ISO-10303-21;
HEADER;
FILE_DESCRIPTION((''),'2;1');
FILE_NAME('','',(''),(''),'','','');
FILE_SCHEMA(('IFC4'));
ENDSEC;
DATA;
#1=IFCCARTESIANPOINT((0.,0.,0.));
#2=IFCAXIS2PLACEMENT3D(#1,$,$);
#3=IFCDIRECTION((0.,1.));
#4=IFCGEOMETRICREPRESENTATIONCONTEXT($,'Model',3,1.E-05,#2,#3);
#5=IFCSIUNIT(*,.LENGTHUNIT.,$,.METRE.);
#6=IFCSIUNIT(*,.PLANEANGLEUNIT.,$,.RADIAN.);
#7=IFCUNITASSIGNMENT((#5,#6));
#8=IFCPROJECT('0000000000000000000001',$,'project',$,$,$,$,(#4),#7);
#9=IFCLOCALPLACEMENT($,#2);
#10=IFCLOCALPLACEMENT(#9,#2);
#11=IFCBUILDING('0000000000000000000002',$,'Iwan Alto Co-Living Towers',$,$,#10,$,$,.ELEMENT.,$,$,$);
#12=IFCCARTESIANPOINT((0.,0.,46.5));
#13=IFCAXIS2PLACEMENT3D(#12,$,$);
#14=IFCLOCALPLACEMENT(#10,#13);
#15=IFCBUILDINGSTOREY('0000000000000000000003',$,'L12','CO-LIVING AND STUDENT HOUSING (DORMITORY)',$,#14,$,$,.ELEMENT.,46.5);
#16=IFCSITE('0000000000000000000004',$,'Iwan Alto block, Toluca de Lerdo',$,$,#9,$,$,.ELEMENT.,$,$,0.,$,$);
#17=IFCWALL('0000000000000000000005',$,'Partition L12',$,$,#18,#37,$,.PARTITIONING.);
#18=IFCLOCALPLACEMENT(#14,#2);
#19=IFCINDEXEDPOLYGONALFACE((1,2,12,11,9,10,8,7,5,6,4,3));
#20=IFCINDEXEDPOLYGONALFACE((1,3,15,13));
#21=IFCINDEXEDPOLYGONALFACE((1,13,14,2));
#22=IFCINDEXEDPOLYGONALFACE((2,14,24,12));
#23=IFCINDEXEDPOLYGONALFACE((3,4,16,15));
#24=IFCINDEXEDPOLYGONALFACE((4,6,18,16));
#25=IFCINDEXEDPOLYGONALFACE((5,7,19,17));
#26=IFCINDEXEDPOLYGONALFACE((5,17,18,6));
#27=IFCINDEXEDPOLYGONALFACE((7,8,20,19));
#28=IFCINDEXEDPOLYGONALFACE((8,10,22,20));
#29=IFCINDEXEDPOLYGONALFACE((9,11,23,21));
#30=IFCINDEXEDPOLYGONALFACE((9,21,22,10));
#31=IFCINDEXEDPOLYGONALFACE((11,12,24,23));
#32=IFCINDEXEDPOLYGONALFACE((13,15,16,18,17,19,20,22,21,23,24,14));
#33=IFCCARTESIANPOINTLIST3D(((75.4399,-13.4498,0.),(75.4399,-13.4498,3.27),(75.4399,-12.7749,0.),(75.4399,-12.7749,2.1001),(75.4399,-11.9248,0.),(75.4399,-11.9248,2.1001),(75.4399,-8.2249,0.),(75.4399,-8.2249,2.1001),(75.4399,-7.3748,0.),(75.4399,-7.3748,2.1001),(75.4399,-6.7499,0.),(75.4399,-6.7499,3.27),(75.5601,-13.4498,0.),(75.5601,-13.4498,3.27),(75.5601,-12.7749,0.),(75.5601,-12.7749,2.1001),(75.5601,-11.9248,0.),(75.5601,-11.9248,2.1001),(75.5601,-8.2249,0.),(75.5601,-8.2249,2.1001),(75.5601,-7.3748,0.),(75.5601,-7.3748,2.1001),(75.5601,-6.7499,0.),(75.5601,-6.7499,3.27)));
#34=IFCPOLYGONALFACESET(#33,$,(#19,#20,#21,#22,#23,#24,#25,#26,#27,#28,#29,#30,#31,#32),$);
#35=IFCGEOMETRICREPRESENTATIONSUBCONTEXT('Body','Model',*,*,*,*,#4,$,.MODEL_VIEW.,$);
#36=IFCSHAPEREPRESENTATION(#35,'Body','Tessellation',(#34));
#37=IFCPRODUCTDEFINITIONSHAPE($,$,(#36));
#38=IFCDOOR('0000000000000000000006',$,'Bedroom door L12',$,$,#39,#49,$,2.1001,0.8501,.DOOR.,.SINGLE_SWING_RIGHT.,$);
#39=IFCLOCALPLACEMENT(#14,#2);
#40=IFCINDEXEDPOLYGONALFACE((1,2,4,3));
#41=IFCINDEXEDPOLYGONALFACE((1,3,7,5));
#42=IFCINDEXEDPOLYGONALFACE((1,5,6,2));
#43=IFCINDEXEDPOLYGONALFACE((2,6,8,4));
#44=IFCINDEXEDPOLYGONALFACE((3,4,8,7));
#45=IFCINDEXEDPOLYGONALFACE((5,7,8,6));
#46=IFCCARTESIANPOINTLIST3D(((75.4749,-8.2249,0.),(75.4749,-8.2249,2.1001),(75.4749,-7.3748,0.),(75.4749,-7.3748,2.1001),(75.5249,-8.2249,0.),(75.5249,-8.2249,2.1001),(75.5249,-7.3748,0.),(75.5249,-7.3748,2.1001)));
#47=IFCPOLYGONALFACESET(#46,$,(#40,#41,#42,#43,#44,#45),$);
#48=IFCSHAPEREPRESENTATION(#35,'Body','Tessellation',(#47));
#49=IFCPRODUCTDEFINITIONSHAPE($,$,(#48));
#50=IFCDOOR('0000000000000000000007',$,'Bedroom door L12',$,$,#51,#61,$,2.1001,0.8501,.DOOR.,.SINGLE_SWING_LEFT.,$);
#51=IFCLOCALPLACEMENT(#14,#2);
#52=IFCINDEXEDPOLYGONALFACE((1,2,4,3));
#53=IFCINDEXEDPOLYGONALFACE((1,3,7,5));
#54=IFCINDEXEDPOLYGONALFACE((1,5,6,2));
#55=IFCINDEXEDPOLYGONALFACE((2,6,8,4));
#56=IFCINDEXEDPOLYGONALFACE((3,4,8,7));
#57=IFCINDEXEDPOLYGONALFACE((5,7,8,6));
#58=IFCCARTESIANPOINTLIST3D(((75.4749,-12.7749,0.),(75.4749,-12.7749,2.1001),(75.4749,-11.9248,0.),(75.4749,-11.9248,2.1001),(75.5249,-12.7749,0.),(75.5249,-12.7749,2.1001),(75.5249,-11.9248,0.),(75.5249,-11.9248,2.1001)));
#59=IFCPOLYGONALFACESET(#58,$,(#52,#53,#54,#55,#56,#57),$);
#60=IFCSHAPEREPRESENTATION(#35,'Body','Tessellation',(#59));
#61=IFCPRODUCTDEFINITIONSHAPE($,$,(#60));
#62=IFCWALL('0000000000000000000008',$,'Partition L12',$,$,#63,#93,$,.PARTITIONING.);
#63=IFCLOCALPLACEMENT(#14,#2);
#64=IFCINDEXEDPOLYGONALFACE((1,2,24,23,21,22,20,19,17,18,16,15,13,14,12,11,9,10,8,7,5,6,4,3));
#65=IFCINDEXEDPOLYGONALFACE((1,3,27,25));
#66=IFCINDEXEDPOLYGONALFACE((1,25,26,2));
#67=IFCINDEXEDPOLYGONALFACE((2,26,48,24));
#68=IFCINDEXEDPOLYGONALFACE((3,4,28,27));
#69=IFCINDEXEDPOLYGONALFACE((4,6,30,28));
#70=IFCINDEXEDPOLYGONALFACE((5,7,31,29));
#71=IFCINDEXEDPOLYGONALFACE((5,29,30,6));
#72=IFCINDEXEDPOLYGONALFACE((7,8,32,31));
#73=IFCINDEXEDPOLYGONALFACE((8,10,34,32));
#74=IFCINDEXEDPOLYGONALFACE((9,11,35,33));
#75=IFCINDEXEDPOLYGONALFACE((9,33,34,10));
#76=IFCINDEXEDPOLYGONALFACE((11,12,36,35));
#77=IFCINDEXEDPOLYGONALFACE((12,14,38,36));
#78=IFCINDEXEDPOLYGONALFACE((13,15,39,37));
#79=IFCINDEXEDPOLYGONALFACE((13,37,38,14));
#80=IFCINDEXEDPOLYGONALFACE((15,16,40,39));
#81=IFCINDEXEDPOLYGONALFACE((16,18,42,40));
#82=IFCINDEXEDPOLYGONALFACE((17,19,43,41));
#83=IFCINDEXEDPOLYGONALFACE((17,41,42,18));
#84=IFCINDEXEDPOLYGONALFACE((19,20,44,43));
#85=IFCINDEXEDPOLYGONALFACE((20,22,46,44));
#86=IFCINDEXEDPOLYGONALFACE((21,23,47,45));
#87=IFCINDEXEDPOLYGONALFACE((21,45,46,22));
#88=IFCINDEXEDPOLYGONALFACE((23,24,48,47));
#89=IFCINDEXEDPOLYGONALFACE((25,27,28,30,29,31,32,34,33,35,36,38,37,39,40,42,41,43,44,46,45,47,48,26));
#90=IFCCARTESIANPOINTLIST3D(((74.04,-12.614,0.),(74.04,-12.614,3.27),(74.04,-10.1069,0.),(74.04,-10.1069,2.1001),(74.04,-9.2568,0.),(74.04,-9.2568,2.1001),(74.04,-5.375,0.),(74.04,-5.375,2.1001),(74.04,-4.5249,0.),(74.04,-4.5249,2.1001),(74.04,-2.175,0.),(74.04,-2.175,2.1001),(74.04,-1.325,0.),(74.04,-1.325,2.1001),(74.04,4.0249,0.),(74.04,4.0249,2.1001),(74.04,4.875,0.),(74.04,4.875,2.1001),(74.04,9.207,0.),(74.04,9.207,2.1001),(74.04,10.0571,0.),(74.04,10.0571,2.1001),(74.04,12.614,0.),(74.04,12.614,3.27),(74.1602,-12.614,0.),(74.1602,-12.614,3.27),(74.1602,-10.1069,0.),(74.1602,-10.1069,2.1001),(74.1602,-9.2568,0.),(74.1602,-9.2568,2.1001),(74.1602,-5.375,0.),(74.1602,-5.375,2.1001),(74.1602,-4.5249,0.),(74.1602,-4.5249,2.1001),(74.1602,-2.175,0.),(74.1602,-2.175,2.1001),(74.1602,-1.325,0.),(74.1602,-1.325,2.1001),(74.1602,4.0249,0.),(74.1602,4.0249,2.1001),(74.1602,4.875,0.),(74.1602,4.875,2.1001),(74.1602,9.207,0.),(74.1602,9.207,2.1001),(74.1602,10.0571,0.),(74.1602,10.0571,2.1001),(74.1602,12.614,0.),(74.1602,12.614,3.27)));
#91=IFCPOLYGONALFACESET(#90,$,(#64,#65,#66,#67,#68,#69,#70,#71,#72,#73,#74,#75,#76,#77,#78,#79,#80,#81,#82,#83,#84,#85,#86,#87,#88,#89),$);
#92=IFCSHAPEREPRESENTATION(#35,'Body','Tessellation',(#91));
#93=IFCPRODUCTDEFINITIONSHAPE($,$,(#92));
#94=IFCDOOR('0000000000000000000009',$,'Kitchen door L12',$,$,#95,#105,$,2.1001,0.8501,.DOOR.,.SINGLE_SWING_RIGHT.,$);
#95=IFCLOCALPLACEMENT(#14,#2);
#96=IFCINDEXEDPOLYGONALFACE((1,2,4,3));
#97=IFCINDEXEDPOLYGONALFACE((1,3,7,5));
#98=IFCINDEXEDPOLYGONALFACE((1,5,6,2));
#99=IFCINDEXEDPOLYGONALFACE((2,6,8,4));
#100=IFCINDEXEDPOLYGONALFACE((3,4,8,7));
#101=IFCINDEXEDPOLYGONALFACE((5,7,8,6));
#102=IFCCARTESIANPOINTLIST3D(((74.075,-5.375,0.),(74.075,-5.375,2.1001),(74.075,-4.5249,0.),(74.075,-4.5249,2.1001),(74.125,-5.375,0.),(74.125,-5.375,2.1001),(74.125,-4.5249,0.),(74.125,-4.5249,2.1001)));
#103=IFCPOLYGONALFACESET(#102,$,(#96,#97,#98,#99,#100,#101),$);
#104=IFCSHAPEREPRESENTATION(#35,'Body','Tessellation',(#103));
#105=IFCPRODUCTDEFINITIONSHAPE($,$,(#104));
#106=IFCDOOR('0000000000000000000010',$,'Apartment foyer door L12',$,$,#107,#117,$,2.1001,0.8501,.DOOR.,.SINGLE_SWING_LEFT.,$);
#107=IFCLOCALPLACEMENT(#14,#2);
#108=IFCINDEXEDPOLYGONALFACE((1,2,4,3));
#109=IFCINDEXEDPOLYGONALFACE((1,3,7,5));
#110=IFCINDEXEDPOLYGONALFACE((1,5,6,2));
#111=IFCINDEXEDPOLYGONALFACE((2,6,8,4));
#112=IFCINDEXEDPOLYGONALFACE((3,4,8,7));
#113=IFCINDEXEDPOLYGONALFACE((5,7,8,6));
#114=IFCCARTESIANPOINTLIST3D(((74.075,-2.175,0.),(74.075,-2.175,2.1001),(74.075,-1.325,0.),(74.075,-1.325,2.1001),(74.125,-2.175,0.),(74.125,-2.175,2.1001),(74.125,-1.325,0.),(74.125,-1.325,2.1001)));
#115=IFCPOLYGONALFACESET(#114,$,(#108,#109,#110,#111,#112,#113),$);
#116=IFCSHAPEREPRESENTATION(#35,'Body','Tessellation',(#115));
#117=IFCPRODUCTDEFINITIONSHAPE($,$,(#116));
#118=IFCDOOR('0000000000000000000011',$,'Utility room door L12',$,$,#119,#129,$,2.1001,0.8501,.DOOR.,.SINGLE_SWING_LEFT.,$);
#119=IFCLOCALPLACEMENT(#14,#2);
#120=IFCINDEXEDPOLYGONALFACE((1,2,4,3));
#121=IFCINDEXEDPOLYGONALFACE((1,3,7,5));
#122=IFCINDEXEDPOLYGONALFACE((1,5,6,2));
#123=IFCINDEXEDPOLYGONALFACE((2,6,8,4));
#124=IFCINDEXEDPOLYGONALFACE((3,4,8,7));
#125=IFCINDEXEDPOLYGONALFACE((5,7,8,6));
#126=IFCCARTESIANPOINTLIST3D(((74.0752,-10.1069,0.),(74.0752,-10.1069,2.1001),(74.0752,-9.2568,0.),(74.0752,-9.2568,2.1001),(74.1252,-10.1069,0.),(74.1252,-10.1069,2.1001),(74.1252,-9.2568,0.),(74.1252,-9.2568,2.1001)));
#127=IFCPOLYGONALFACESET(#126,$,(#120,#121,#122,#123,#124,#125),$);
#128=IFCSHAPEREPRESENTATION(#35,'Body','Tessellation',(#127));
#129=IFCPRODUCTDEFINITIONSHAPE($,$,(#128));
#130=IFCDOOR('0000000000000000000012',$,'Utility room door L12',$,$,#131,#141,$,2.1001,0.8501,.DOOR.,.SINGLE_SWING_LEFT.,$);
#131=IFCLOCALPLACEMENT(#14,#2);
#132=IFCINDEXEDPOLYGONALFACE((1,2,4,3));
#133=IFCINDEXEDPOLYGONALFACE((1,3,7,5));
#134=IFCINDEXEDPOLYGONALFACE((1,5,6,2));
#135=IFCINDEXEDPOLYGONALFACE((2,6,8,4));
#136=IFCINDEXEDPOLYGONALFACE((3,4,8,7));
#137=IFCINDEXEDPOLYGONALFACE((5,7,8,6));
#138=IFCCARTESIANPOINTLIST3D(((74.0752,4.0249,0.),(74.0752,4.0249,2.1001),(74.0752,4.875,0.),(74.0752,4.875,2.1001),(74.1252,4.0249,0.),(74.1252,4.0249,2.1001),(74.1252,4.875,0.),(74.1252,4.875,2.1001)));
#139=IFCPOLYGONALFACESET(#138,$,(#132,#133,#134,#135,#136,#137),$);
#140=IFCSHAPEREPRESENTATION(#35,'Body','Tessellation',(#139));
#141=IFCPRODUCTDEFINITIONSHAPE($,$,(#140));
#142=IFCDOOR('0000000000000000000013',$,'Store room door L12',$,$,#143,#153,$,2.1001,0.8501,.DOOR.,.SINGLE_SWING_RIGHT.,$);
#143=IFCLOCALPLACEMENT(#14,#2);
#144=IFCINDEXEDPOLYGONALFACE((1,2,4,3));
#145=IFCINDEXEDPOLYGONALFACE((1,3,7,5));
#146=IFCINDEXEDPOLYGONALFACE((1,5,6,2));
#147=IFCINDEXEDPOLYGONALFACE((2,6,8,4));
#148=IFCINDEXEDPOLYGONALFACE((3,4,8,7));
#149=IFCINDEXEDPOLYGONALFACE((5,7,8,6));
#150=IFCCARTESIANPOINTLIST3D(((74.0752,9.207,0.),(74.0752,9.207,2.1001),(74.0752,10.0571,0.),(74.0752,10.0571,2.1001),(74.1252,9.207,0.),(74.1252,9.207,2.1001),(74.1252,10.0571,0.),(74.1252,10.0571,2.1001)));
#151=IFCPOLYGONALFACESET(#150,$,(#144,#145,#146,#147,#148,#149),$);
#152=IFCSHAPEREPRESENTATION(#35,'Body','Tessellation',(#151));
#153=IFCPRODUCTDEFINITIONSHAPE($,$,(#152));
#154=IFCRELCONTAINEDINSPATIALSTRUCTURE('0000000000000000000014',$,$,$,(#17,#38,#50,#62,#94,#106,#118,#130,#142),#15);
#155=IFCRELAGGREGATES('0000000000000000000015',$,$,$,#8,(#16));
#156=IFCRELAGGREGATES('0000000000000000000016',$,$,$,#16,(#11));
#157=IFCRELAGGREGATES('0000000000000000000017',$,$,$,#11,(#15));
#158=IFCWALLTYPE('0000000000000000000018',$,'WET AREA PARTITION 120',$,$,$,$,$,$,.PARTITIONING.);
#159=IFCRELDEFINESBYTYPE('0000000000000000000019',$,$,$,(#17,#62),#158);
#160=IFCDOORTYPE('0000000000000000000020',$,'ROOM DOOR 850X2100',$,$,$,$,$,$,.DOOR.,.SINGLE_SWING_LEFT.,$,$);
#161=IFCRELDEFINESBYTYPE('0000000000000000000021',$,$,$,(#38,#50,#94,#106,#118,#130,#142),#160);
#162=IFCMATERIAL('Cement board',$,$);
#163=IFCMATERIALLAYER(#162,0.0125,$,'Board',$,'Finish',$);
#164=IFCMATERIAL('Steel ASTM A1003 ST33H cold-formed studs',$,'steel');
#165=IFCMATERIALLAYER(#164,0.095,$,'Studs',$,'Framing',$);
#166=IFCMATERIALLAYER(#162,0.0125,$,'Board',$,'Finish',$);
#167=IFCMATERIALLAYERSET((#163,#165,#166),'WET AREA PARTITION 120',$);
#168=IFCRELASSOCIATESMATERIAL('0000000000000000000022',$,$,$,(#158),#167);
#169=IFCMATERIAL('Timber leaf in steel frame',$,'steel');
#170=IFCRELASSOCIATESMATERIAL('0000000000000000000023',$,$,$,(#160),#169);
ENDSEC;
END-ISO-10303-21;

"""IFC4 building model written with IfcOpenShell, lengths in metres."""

from ifc_helpers import new_model, si_unit, direction, frame, frame_2d, origin, place, context, subcontext, project, spatial, rectangle, extrude, material, layer, layer_set, type_object, element, fill, save


model = new_model("IFC4")

# Units and contexts
model_context = context("Model", 3, precision=1e-05, world=origin(), true_north=direction((0.0, 1.0)))
body_context = subcontext(model_context, "Body", "Model", "MODEL_VIEW")
ifc_project = project(units=[si_unit("LENGTHUNIT", "METRE"), si_unit("PLANEANGLEUNIT", "RADIAN")], contexts=[model_context])

# Site, building, storey
site_placement = place(None, origin())
site = spatial("IfcSite", under=ifc_project, at=site_placement, Name="Iwan Alto block, Toluca de Lerdo", CompositionType="ELEMENT", RefElevation=0.0)
building_placement = place(site_placement, origin())
building = spatial("IfcBuilding", under=site, at=building_placement, Name="Iwan Alto Co-Living Towers", CompositionType="ELEMENT")
storey_placement = place(building_placement, frame((0.0, 0.0, 46.5)))
storey = spatial("IfcBuildingStorey", under=building, at=storey_placement, Name="L12", Description="CO-LIVING AND STUDENT HOUSING (DORMITORY)", CompositionType="ELEMENT", Elevation=46.5)

# Shared definitions
ifc_material_1 = material(Name="Steel ASTM A1003 ST33H cold-formed studs", Category="steel")
ifc_material_2 = material(Name="Cement board")
ifc_layer_1 = layer(ifc_material_2, 0.0125, Name="Board", Category="Finish")
ifc_layer_2 = layer(ifc_material_1, 0.095, Name="Studs", Category="Framing")
ifc_layer_3 = layer(ifc_material_2, 0.0125, Name="Board", Category="Finish")
ifc_layer_set_1 = layer_set([ifc_layer_1, ifc_layer_2, ifc_layer_3], Name="WET AREA PARTITION 120")
wall_type_1 = type_object("IfcWallType", Name="WET AREA PARTITION 120", PredefinedType="PARTITIONING", material=ifc_layer_set_1)

# Shared definitions
ifc_material_3 = material(Name="Timber leaf in steel frame", Category="steel")
door_type = type_object("IfcDoorType", Name="ROOM DOOR 850X2100", OperationType="SINGLE_SWING_LEFT", PredefinedType="DOOR", material=ifc_material_3)

# Walls, openings, doors
wall_1_placement = place(storey_placement, frame((75.5, -13.45, 0.0), z_axis=(0.0, 0.0, 1.0), x_axis=(0.0, 1.0, 0.0)))
wall_1 = element("IfcWall", 1, at=wall_1_placement, inside=storey, type_object=wall_type_1, Name="Partition L12", PredefinedType="PARTITIONING", context=body_context, shape_type="SweptSolid", body=[
    extrude(rectangle(XDim=6.7, YDim=0.1201, at=frame_2d((3.3501, 0.0))), origin(), (0.0, 0.0, 1.0), 3.27),
])
opening_1_placement = place(wall_1_placement, frame((5.2251, 0.0, 0.0)))
opening_1 = element("IfcOpeningElement", 2, at=opening_1_placement, cuts=wall_1, PredefinedType="OPENING", context=body_context, shape_type="SweptSolid", body=[
    extrude(rectangle(XDim=0.8501, YDim=2.1001, at=frame_2d((0.425, 1.05))), frame((0.0, 0.0701, 0.0), z_axis=(0.0, -1.0, 0.0), x_axis=(1.0, 0.0, 0.0)), (0.0, 0.0, 1.0), 0.1401),
])
opening_2_placement = place(wall_1_placement, frame((0.675, 0.0, 0.0)))
opening_2 = element("IfcOpeningElement", 3, at=opening_2_placement, cuts=wall_1, PredefinedType="OPENING", context=body_context, shape_type="SweptSolid", body=[
    extrude(rectangle(XDim=0.8501, YDim=2.1001, at=frame_2d((0.425, 1.05))), frame((0.0, 0.0701, 0.0), z_axis=(0.0, -1.0, 0.0), x_axis=(1.0, 0.0, 0.0)), (0.0, 0.0, 1.0), 0.1401),
])
door_1_placement = place(opening_1_placement, frame((0.8501, 0.0, 0.0), z_axis=(0.0, 0.0, 1.0), x_axis=(-1.0, 0.0, 0.0)))
door_1 = element("IfcDoor", 4, at=door_1_placement, inside=storey, type_object=door_type, Name="Bedroom door L12", OperationType="SINGLE_SWING_RIGHT", OverallHeight=2.1001, OverallWidth=0.8501, PredefinedType="DOOR", context=body_context, shape_type="SweptSolid", body=[
    extrude(rectangle(XDim=0.8501, YDim=2.1001, at=frame_2d((0.425, 1.05))), frame((0.0, 0.0249, 0.0), z_axis=(0.0, -1.0, 0.0), x_axis=(1.0, 0.0, 0.0)), (0.0, 0.0, 1.0), 0.05),
])
fill(opening_1, door_1)
door_2_placement = place(opening_2_placement, frame((0.8501, 0.0, 0.0), z_axis=(0.0, 0.0, 1.0), x_axis=(-1.0, 0.0, 0.0)))
door_2 = element("IfcDoor", 5, at=door_2_placement, inside=storey, type_object=door_type, Name="Bedroom door L12", OperationType="SINGLE_SWING_LEFT", OverallHeight=2.1001, OverallWidth=0.8501, PredefinedType="DOOR", context=body_context, shape_type="SweptSolid", body=[
    extrude(rectangle(XDim=0.8501, YDim=2.1001, at=frame_2d((0.425, 1.05))), frame((0.0, 0.0249, 0.0), z_axis=(0.0, -1.0, 0.0), x_axis=(1.0, 0.0, 0.0)), (0.0, 0.0, 1.0), 0.05),
])
fill(opening_2, door_2)
wall_2_placement = place(storey_placement, frame((74.1001, -12.614, 0.0), z_axis=(0.0, 0.0, 1.0), x_axis=(0.0, 1.0, 0.0)))
wall_2 = element("IfcWall", 6, at=wall_2_placement, inside=storey, type_object=wall_type_1, Name="Partition L12", PredefinedType="PARTITIONING", context=body_context, shape_type="SweptSolid", body=[
    extrude(rectangle(XDim=25.228, YDim=0.1201, at=frame_2d((12.614, 0.0))), origin(), (0.0, 0.0, 1.0), 3.27),
])
opening_3_placement = place(wall_2_placement, frame((7.239, 0.0, 0.0)))
opening_3 = element("IfcOpeningElement", 7, at=opening_3_placement, cuts=wall_2, PredefinedType="OPENING", context=body_context, shape_type="SweptSolid", body=[
    extrude(rectangle(XDim=0.8501, YDim=2.1001, at=frame_2d((0.425, 1.05))), frame((0.0, 0.0701, 0.0), z_axis=(0.0, -1.0, 0.0), x_axis=(1.0, 0.0, 0.0)), (0.0, 0.0, 1.0), 0.1401),
])
opening_4_placement = place(wall_2_placement, frame((10.439, 0.0, 0.0)))
opening_4 = element("IfcOpeningElement", 8, at=opening_4_placement, cuts=wall_2, PredefinedType="OPENING", context=body_context, shape_type="SweptSolid", body=[
    extrude(rectangle(XDim=0.8501, YDim=2.1001, at=frame_2d((0.425, 1.05))), frame((0.0, 0.0701, 0.0), z_axis=(0.0, -1.0, 0.0), x_axis=(1.0, 0.0, 0.0)), (0.0, 0.0, 1.0), 0.1401),
])
opening_5_placement = place(wall_2_placement, frame((2.5071, 0.0, 0.0)))
opening_5 = element("IfcOpeningElement", 9, at=opening_5_placement, cuts=wall_2, PredefinedType="OPENING", context=body_context, shape_type="SweptSolid", body=[
    extrude(rectangle(XDim=0.8501, YDim=2.1001, at=frame_2d((0.425, 1.05))), frame((0.0, 0.0701, 0.0), z_axis=(0.0, -1.0, 0.0), x_axis=(1.0, 0.0, 0.0)), (0.0, 0.0, 1.0), 0.1401),
])
opening_6_placement = place(wall_2_placement, frame((16.6389, 0.0, 0.0)))
opening_6 = element("IfcOpeningElement", 10, at=opening_6_placement, cuts=wall_2, PredefinedType="OPENING", context=body_context, shape_type="SweptSolid", body=[
    extrude(rectangle(XDim=0.8501, YDim=2.1001, at=frame_2d((0.425, 1.05))), frame((0.0, 0.0701, 0.0), z_axis=(0.0, -1.0, 0.0), x_axis=(1.0, 0.0, 0.0)), (0.0, 0.0, 1.0), 0.1401),
])
opening_7_placement = place(wall_2_placement, frame((21.821, 0.0, 0.0)))
opening_7 = element("IfcOpeningElement", 11, at=opening_7_placement, cuts=wall_2, PredefinedType="OPENING", context=body_context, shape_type="SweptSolid", body=[
    extrude(rectangle(XDim=0.8501, YDim=2.1001, at=frame_2d((0.425, 1.05))), frame((0.0, 0.0701, 0.0), z_axis=(0.0, -1.0, 0.0), x_axis=(1.0, 0.0, 0.0)), (0.0, 0.0, 1.0), 0.1401),
])
door_3_placement = place(opening_3_placement, frame((0.8501, 0.0, 0.0), z_axis=(0.0, 0.0, 1.0), x_axis=(-1.0, 0.0, 0.0)))
door_3 = element("IfcDoor", 12, at=door_3_placement, inside=storey, type_object=door_type, Name="Kitchen door L12", OperationType="SINGLE_SWING_RIGHT", OverallHeight=2.1001, OverallWidth=0.8501, PredefinedType="DOOR", context=body_context, shape_type="SweptSolid", body=[
    extrude(rectangle(XDim=0.8501, YDim=2.1001, at=frame_2d((0.425, 1.05))), frame((0.0, 0.0249, 0.0), z_axis=(0.0, -1.0, 0.0), x_axis=(1.0, 0.0, 0.0)), (0.0, 0.0, 1.0), 0.05),
])
fill(opening_3, door_3)
door_4_placement = place(opening_4_placement, frame((0.8501, 0.0, 0.0), z_axis=(0.0, 0.0, 1.0), x_axis=(-1.0, 0.0, 0.0)))
door_4 = element("IfcDoor", 13, at=door_4_placement, inside=storey, type_object=door_type, Name="Apartment foyer door L12", OperationType="SINGLE_SWING_LEFT", OverallHeight=2.1001, OverallWidth=0.8501, PredefinedType="DOOR", context=body_context, shape_type="SweptSolid", body=[
    extrude(rectangle(XDim=0.8501, YDim=2.1001, at=frame_2d((0.425, 1.05))), frame((0.0, 0.0249, 0.0), z_axis=(0.0, -1.0, 0.0), x_axis=(1.0, 0.0, 0.0)), (0.0, 0.0, 1.0), 0.05),
])
fill(opening_4, door_4)
door_5_placement = place(opening_5_placement, origin())
door_5 = element("IfcDoor", 14, at=door_5_placement, inside=storey, type_object=door_type, Name="Utility room door L12", OperationType="SINGLE_SWING_LEFT", OverallHeight=2.1001, OverallWidth=0.8501, PredefinedType="DOOR", context=body_context, shape_type="SweptSolid", body=[
    extrude(rectangle(XDim=0.8501, YDim=2.1001, at=frame_2d((0.425, 1.05))), frame((0.0, 0.0249, 0.0), z_axis=(0.0, -1.0, 0.0), x_axis=(1.0, 0.0, 0.0)), (0.0, 0.0, 1.0), 0.05),
])
fill(opening_5, door_5)
door_6_placement = place(opening_6_placement, origin())
door_6 = element("IfcDoor", 15, at=door_6_placement, inside=storey, type_object=door_type, Name="Utility room door L12", OperationType="SINGLE_SWING_LEFT", OverallHeight=2.1001, OverallWidth=0.8501, PredefinedType="DOOR", context=body_context, shape_type="SweptSolid", body=[
    extrude(rectangle(XDim=0.8501, YDim=2.1001, at=frame_2d((0.425, 1.05))), frame((0.0, 0.0249, 0.0), z_axis=(0.0, -1.0, 0.0), x_axis=(1.0, 0.0, 0.0)), (0.0, 0.0, 1.0), 0.05),
])
fill(opening_6, door_6)
door_7_placement = place(opening_7_placement, origin())
door_7 = element("IfcDoor", 16, at=door_7_placement, inside=storey, type_object=door_type, Name="Store room door L12", OperationType="SINGLE_SWING_RIGHT", OverallHeight=2.1001, OverallWidth=0.8501, PredefinedType="DOOR", context=body_context, shape_type="SweptSolid", body=[
    extrude(rectangle(XDim=0.8501, YDim=2.1001, at=frame_2d((0.425, 1.05))), frame((0.0, 0.0249, 0.0), z_axis=(0.0, -1.0, 0.0), x_axis=(1.0, 0.0, 0.0)), (0.0, 0.0, 1.0), 0.05),
])
fill(opening_7, door_7)

save(model, "model.ifc")
